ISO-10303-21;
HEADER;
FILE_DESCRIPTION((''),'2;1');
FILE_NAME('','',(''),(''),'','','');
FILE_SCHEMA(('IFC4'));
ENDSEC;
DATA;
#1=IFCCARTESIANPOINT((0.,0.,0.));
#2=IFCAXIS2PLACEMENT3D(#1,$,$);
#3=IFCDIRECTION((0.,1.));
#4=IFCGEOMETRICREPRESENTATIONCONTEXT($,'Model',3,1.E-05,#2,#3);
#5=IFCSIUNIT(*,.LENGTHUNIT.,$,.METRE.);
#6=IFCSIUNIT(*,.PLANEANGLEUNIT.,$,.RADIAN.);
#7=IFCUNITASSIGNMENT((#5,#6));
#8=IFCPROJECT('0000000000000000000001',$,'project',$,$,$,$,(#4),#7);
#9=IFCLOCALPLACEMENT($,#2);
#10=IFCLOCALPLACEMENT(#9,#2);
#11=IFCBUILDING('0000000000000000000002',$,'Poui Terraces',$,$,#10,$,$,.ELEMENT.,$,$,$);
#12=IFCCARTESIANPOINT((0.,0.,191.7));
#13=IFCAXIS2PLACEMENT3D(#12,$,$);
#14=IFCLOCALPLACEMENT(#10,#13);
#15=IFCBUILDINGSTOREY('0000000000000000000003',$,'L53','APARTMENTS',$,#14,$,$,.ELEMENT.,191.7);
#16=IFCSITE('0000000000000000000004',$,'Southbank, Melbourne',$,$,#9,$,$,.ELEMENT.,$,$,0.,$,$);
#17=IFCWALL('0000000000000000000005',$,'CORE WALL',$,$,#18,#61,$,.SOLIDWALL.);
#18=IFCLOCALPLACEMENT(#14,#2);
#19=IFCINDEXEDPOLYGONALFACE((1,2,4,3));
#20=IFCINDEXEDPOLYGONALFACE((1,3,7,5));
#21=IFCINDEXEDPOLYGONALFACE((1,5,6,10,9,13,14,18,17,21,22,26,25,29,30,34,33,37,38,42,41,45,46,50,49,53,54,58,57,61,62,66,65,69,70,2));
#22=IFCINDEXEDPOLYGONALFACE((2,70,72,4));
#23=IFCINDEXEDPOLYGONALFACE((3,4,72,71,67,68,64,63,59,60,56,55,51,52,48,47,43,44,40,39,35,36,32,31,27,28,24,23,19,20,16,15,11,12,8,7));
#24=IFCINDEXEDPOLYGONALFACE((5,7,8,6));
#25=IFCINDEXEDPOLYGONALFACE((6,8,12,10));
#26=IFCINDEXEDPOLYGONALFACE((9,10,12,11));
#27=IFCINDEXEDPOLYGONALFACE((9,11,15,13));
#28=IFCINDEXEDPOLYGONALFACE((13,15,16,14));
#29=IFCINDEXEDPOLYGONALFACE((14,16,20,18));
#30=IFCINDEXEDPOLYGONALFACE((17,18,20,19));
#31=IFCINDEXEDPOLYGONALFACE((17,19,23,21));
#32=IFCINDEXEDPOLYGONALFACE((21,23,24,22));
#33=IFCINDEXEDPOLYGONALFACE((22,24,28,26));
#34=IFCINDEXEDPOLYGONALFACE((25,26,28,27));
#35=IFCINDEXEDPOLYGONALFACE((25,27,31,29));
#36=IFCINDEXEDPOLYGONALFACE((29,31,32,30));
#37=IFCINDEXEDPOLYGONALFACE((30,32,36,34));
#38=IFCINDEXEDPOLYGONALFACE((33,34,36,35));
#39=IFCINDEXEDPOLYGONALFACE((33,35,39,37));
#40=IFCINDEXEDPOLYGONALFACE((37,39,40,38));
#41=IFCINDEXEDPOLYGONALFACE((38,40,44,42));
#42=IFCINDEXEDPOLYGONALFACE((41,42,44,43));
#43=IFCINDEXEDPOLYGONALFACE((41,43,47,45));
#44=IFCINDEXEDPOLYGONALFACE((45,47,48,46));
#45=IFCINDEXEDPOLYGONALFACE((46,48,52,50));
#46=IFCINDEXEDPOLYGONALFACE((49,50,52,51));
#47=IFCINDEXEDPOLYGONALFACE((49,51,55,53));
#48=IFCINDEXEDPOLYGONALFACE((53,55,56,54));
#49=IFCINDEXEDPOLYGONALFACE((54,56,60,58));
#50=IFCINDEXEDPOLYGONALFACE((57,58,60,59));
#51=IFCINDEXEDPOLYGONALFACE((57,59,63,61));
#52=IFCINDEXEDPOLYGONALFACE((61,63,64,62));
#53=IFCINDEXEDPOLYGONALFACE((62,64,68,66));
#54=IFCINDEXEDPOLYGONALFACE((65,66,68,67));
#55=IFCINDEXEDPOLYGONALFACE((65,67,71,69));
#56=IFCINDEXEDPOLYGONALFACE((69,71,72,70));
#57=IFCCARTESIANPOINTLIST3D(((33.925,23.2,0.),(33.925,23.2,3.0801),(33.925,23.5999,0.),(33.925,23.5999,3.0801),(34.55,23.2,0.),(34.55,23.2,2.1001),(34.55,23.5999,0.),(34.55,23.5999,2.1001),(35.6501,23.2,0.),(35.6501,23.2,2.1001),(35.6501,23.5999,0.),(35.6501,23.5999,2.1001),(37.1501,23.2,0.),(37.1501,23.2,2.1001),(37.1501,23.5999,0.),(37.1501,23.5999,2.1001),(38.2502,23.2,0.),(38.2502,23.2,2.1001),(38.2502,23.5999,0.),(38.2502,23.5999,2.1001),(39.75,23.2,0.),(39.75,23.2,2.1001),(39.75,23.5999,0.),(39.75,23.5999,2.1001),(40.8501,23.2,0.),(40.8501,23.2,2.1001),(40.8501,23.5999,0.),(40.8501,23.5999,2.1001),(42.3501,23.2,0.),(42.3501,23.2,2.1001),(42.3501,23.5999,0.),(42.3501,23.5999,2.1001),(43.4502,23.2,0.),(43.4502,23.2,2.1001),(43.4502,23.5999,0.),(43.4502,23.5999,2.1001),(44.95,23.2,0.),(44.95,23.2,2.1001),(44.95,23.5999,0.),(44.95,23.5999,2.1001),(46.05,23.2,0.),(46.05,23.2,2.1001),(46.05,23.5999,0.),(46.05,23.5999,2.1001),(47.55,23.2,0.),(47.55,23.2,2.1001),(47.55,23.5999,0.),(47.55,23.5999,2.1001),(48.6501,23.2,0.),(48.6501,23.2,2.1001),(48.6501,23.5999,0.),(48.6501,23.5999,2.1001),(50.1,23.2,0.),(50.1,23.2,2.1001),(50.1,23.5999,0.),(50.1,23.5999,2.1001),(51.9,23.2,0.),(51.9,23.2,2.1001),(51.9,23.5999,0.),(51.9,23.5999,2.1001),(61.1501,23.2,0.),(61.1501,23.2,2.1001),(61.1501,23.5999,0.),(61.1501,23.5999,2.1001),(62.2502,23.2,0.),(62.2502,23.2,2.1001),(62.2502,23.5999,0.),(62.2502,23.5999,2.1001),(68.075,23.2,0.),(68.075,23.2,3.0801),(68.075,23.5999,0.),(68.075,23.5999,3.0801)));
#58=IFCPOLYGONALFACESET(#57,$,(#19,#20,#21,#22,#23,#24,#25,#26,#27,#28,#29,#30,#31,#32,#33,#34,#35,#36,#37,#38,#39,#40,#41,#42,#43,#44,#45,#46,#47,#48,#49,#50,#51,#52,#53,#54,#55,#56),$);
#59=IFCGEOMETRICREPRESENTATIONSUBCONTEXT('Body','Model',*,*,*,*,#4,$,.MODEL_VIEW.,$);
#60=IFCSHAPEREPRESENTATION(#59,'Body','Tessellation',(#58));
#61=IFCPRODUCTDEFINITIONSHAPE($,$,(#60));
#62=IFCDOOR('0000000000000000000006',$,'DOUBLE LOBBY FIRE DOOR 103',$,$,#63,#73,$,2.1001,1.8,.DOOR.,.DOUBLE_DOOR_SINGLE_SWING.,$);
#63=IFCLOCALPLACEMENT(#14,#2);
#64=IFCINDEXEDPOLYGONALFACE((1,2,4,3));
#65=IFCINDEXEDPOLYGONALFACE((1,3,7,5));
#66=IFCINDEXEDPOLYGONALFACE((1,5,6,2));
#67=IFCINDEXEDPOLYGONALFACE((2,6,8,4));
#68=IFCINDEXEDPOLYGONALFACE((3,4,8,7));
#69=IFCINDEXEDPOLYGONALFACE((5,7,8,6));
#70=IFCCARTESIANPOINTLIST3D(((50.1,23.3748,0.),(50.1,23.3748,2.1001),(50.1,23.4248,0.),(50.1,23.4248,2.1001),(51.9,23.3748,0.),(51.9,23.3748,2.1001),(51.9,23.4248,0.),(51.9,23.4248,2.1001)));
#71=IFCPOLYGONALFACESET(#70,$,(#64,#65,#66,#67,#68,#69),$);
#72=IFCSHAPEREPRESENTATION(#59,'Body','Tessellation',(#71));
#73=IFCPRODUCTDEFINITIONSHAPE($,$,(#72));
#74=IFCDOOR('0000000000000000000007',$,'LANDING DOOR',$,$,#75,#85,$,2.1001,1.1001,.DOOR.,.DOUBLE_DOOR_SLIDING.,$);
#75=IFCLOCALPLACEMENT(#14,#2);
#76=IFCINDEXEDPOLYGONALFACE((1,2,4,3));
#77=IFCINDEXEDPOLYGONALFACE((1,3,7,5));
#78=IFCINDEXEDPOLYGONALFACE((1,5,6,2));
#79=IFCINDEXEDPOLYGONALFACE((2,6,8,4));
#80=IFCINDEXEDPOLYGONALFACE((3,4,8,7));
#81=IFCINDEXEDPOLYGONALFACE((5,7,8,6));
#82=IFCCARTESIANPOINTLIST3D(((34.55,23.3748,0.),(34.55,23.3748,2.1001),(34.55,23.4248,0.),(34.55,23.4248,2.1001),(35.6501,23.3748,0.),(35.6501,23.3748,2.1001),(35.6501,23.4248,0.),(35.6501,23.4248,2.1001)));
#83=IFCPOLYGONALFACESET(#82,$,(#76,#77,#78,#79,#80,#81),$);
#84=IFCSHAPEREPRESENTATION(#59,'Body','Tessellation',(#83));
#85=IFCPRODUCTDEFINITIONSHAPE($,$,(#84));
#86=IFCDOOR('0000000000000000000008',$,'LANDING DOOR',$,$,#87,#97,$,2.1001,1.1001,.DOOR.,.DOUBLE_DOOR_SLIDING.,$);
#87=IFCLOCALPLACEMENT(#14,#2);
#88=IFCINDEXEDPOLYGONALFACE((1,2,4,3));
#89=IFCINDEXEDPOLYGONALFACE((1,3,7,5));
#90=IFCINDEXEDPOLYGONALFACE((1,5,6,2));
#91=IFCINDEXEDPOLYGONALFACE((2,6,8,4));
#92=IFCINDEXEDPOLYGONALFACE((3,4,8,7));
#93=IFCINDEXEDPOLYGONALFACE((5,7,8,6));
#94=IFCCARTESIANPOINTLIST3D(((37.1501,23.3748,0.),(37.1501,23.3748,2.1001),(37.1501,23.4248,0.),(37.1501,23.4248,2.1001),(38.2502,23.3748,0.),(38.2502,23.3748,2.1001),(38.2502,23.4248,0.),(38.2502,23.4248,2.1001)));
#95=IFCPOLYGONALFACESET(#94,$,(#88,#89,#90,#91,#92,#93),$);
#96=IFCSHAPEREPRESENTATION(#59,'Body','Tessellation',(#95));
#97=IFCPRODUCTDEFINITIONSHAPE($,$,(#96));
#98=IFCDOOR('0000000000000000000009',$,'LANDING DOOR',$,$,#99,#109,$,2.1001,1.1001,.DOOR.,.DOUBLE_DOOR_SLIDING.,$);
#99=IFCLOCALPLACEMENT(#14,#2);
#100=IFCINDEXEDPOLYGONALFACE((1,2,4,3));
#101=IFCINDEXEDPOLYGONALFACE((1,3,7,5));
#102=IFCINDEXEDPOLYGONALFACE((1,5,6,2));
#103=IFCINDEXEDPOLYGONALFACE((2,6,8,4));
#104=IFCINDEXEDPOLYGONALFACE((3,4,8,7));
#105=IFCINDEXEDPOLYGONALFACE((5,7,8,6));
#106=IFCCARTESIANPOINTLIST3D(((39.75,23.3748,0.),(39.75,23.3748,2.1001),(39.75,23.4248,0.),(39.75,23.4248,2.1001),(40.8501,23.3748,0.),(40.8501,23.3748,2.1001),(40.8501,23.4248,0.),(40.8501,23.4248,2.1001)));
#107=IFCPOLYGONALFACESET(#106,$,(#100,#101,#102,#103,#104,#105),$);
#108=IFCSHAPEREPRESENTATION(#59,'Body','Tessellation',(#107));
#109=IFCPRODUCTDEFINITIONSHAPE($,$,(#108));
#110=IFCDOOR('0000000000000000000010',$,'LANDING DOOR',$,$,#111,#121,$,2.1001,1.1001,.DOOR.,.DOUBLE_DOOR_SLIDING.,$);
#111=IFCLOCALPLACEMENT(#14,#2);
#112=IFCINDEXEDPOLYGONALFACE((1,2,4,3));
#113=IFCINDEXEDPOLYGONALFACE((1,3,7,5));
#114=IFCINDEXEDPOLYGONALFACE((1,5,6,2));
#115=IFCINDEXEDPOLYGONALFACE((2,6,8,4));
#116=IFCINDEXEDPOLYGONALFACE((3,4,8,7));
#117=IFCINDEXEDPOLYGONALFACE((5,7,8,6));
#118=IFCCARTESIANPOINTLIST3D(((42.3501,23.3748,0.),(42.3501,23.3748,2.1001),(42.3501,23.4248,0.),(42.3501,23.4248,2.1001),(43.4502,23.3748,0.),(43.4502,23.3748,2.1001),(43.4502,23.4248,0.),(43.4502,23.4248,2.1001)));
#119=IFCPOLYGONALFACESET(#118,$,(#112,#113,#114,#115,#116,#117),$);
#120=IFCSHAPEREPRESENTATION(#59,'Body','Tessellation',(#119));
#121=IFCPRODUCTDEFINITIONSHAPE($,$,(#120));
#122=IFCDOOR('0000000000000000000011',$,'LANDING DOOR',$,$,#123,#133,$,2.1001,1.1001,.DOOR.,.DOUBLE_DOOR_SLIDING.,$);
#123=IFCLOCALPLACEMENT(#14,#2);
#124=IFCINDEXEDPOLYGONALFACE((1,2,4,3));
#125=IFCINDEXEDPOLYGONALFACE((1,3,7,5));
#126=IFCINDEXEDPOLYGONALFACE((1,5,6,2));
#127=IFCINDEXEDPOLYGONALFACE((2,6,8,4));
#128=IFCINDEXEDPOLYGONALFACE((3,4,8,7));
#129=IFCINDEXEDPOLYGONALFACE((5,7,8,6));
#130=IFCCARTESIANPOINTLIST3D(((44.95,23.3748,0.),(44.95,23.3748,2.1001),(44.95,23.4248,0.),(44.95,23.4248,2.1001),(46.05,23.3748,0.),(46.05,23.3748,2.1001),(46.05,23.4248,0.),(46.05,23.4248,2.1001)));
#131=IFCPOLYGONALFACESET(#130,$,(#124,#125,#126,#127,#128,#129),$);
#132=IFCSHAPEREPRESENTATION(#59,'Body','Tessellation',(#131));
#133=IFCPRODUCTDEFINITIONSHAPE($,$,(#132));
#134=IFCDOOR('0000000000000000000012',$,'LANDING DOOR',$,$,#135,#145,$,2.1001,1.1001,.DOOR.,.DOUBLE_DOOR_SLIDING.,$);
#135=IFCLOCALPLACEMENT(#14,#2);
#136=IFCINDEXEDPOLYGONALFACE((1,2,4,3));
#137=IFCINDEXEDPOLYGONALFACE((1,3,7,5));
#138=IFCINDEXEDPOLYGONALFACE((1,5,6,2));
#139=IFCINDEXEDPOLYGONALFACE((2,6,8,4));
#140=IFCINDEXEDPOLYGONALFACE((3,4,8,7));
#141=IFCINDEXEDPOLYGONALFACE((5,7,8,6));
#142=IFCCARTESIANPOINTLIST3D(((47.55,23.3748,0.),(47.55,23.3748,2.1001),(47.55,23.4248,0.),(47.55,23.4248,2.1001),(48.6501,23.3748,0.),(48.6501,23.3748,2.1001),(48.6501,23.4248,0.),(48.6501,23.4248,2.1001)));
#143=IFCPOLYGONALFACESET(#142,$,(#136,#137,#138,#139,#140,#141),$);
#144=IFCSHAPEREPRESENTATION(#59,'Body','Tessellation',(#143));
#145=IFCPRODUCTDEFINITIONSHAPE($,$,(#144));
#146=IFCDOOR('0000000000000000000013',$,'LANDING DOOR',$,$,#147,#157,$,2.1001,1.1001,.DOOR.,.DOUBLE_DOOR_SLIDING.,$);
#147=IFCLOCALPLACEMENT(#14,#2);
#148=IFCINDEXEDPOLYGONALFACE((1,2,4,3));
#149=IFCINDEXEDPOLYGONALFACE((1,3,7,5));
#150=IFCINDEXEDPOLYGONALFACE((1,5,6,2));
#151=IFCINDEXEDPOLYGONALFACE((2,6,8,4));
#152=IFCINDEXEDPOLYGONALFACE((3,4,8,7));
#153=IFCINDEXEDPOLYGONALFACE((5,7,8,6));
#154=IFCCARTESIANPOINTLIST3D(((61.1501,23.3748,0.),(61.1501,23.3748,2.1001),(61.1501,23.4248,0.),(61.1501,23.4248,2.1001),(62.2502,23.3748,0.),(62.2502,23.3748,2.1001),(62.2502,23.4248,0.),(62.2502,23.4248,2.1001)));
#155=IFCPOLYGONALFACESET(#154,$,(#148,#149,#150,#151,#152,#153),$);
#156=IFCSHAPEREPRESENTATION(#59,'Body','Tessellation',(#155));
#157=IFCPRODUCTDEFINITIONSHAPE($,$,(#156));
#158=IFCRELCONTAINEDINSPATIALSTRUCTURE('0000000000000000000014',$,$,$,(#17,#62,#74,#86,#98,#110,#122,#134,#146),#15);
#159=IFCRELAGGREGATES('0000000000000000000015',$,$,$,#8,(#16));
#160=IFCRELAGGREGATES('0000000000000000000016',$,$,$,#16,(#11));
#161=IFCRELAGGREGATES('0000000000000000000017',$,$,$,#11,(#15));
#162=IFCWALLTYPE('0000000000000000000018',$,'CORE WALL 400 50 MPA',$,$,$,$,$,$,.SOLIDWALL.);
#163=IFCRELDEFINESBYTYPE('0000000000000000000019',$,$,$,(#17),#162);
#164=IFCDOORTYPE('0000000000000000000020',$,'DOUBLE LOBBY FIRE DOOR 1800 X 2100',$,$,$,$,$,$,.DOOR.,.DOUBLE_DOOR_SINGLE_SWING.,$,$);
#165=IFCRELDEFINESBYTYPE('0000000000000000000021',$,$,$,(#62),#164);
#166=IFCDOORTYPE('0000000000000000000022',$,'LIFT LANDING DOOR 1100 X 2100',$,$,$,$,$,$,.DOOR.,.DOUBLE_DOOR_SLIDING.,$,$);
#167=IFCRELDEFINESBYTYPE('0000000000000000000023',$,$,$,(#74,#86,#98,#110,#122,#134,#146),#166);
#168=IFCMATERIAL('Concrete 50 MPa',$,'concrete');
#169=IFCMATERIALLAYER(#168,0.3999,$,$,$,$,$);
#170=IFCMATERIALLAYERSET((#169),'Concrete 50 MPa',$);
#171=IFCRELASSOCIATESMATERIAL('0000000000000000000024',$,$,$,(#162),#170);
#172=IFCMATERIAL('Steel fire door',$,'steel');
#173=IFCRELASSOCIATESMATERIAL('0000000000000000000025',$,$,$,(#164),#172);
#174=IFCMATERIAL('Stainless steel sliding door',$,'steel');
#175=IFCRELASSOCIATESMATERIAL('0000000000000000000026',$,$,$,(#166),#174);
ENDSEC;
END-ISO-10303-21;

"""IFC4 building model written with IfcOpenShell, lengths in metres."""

from ifc_helpers import new_model, si_unit, direction, frame, frame_2d, origin, place, context, subcontext, project, spatial, rectangle, extrude, material, layer, layer_set, type_object, element, fill, save


model = new_model("IFC4")

# Units and contexts
model_context = context("Model", 3, precision=1e-05, world=origin(), true_north=direction((0.0, 1.0)))
body_context = subcontext(model_context, "Body", "Model", "MODEL_VIEW")
ifc_project = project(units=[si_unit("LENGTHUNIT", "METRE"), si_unit("PLANEANGLEUNIT", "RADIAN")], contexts=[model_context])

# Site, building, storey
site_placement = place(None, origin())
site = spatial("IfcSite", under=ifc_project, at=site_placement, Name="Southbank, Melbourne", CompositionType="ELEMENT", RefElevation=0.0)
building_placement = place(site_placement, origin())
building = spatial("IfcBuilding", under=site, at=building_placement, Name="Poui Terraces", CompositionType="ELEMENT")
storey_placement = place(building_placement, frame((0.0, 0.0, 191.7)))
storey = spatial("IfcBuildingStorey", under=building, at=storey_placement, Name="L53", Description="APARTMENTS", CompositionType="ELEMENT", Elevation=191.7)

# Wall, openings, doors
ifc_material_1 = material(Name="Concrete 50 MPa", Category="concrete")
ifc_layer_1 = layer(ifc_material_1, 0.3999)
ifc_layer_set_1 = layer_set([ifc_layer_1], Name="Concrete 50 MPa")
wall_type_1 = type_object("IfcWallType", Name="CORE WALL 400 50 MPA", PredefinedType="SOLIDWALL", material=ifc_layer_set_1)
ifc_material_2 = material(Name="Steel fire door", Category="steel")
door_type_1 = type_object("IfcDoorType", Name="DOUBLE LOBBY FIRE DOOR 1800 X 2100", OperationType="DOUBLE_DOOR_SINGLE_SWING", PredefinedType="DOOR", material=ifc_material_2)
wall_1_placement = place(storey_placement, frame((33.925, 23.3999, 0.0), z_axis=(0.0, 0.0, 1.0), x_axis=(1.0, 0.0, 0.0)))
wall_1 = element("IfcWall", 1, at=wall_1_placement, inside=storey, type_object=wall_type_1, Name="CORE WALL", PredefinedType="SOLIDWALL", context=body_context, shape_type="SweptSolid", body=[
    extrude(rectangle(XDim=34.1499, YDim=0.3999, at=frame_2d((17.075, 0.0))), origin(), (0.0, 0.0, 1.0), 3.0801),
])
opening_1_placement = place(wall_1_placement, frame((16.175, 0.0, 0.0)))
opening_1 = element("IfcOpeningElement", 2, at=opening_1_placement, cuts=wall_1, PredefinedType="OPENING", context=body_context, shape_type="SweptSolid", body=[
    extrude(rectangle(XDim=1.8, YDim=2.1001, at=frame_2d((0.8999, 1.05))), frame((0.0, 0.21, 0.0), z_axis=(0.0, -1.0, 0.0), x_axis=(1.0, 0.0, 0.0)), (0.0, 0.0, 1.0), 0.4199),
])
opening_2_placement = place(wall_1_placement, frame((0.625, 0.0, 0.0)))
opening_2 = element("IfcOpeningElement", 3, at=opening_2_placement, cuts=wall_1, PredefinedType="OPENING", context=body_context, shape_type="SweptSolid", body=[
    extrude(rectangle(XDim=1.1001, YDim=2.1001, at=frame_2d((0.55, 1.05))), frame((0.0, 0.21, 0.0), z_axis=(0.0, -1.0, 0.0), x_axis=(1.0, 0.0, 0.0)), (0.0, 0.0, 1.0), 0.4199),
])
opening_3_placement = place(wall_1_placement, frame((3.2251, 0.0, 0.0)))
opening_3 = element("IfcOpeningElement", 4, at=opening_3_placement, cuts=wall_1, PredefinedType="OPENING", context=body_context, shape_type="SweptSolid", body=[
    extrude(rectangle(XDim=1.1001, YDim=2.1001, at=frame_2d((0.55, 1.05))), frame((0.0, 0.21, 0.0), z_axis=(0.0, -1.0, 0.0), x_axis=(1.0, 0.0, 0.0)), (0.0, 0.0, 1.0), 0.4199),
])
opening_4_placement = place(wall_1_placement, frame((5.825, 0.0, 0.0)))
opening_4 = element("IfcOpeningElement", 5, at=opening_4_placement, cuts=wall_1, PredefinedType="OPENING", context=body_context, shape_type="SweptSolid", body=[
    extrude(rectangle(XDim=1.1001, YDim=2.1001, at=frame_2d((0.55, 1.05))), frame((0.0, 0.21, 0.0), z_axis=(0.0, -1.0, 0.0), x_axis=(1.0, 0.0, 0.0)), (0.0, 0.0, 1.0), 0.4199),
])
opening_5_placement = place(wall_1_placement, frame((8.425, 0.0, 0.0)))
opening_5 = element("IfcOpeningElement", 6, at=opening_5_placement, cuts=wall_1, PredefinedType="OPENING", context=body_context, shape_type="SweptSolid", body=[
    extrude(rectangle(XDim=1.1001, YDim=2.1001, at=frame_2d((0.55, 1.05))), frame((0.0, 0.21, 0.0), z_axis=(0.0, -1.0, 0.0), x_axis=(1.0, 0.0, 0.0)), (0.0, 0.0, 1.0), 0.4199),
])
opening_6_placement = place(wall_1_placement, frame((11.0249, 0.0, 0.0)))
opening_6 = element("IfcOpeningElement", 7, at=opening_6_placement, cuts=wall_1, PredefinedType="OPENING", context=body_context, shape_type="SweptSolid", body=[
    extrude(rectangle(XDim=1.1001, YDim=2.1001, at=frame_2d((0.55, 1.05))), frame((0.0, 0.21, 0.0), z_axis=(0.0, -1.0, 0.0), x_axis=(1.0, 0.0, 0.0)), (0.0, 0.0, 1.0), 0.4199),
])
opening_7_placement = place(wall_1_placement, frame((13.625, 0.0, 0.0)))
opening_7 = element("IfcOpeningElement", 8, at=opening_7_placement, cuts=wall_1, PredefinedType="OPENING", context=body_context, shape_type="SweptSolid", body=[
    extrude(rectangle(XDim=1.1001, YDim=2.1001, at=frame_2d((0.55, 1.05))), frame((0.0, 0.21, 0.0), z_axis=(0.0, -1.0, 0.0), x_axis=(1.0, 0.0, 0.0)), (0.0, 0.0, 1.0), 0.4199),
])
opening_8_placement = place(wall_1_placement, frame((27.2251, 0.0, 0.0)))
opening_8 = element("IfcOpeningElement", 9, at=opening_8_placement, cuts=wall_1, PredefinedType="OPENING", context=body_context, shape_type="SweptSolid", body=[
    extrude(rectangle(XDim=1.1001, YDim=2.1001, at=frame_2d((0.55, 1.05))), frame((0.0, 0.21, 0.0), z_axis=(0.0, -1.0, 0.0), x_axis=(1.0, 0.0, 0.0)), (0.0, 0.0, 1.0), 0.4199),
])
door_1_placement = place(opening_1_placement, origin())
door_1 = element("IfcDoor", 10, at=door_1_placement, inside=storey, type_object=door_type_1, Name="DOUBLE LOBBY FIRE DOOR 103", OperationType="DOUBLE_DOOR_SINGLE_SWING", OverallHeight=2.1001, OverallWidth=1.8, PredefinedType="DOOR", context=body_context, shape_type="SweptSolid", body=[
    extrude(rectangle(XDim=1.8, YDim=2.1001, at=frame_2d((0.8999, 1.05))), frame((0.0, 0.0249, 0.0), z_axis=(0.0, -1.0, 0.0), x_axis=(1.0, 0.0, 0.0)), (0.0, 0.0, 1.0), 0.05),
])
fill(opening_1, door_1)
ifc_material_3 = material(Name="Stainless steel sliding door", Category="steel")
door_type_2 = type_object("IfcDoorType", Name="LIFT LANDING DOOR 1100 X 2100", OperationType="DOUBLE_DOOR_SLIDING", PredefinedType="DOOR", material=ifc_material_3)
door_2_placement = place(opening_2_placement, origin())
door_2 = element("IfcDoor", 11, at=door_2_placement, inside=storey, type_object=door_type_2, Name="LANDING DOOR", OperationType="DOUBLE_DOOR_SLIDING", OverallHeight=2.1001, OverallWidth=1.1001, PredefinedType="DOOR", context=body_context, shape_type="SweptSolid", body=[
    extrude(rectangle(XDim=1.1001, YDim=2.1001, at=frame_2d((0.55, 1.05))), frame((0.0, 0.0249, 0.0), z_axis=(0.0, -1.0, 0.0), x_axis=(1.0, 0.0, 0.0)), (0.0, 0.0, 1.0), 0.05),
])
fill(opening_2, door_2)
door_3_placement = place(opening_3_placement, origin())
door_3 = element("IfcDoor", 12, at=door_3_placement, inside=storey, type_object=door_type_2, Name="LANDING DOOR", OperationType="DOUBLE_DOOR_SLIDING", OverallHeight=2.1001, OverallWidth=1.1001, PredefinedType="DOOR", context=body_context, shape_type="SweptSolid", body=[
    extrude(rectangle(XDim=1.1001, YDim=2.1001, at=frame_2d((0.55, 1.05))), frame((0.0, 0.0249, 0.0), z_axis=(0.0, -1.0, 0.0), x_axis=(1.0, 0.0, 0.0)), (0.0, 0.0, 1.0), 0.05),
])
fill(opening_3, door_3)
door_4_placement = place(opening_4_placement, origin())
door_4 = element("IfcDoor", 13, at=door_4_placement, inside=storey, type_object=door_type_2, Name="LANDING DOOR", OperationType="DOUBLE_DOOR_SLIDING", OverallHeight=2.1001, OverallWidth=1.1001, PredefinedType="DOOR", context=body_context, shape_type="SweptSolid", body=[
    extrude(rectangle(XDim=1.1001, YDim=2.1001, at=frame_2d((0.55, 1.05))), frame((0.0, 0.0249, 0.0), z_axis=(0.0, -1.0, 0.0), x_axis=(1.0, 0.0, 0.0)), (0.0, 0.0, 1.0), 0.05),
])
fill(opening_4, door_4)
door_5_placement = place(opening_5_placement, origin())
door_5 = element("IfcDoor", 14, at=door_5_placement, inside=storey, type_object=door_type_2, Name="LANDING DOOR", OperationType="DOUBLE_DOOR_SLIDING", OverallHeight=2.1001, OverallWidth=1.1001, PredefinedType="DOOR", context=body_context, shape_type="SweptSolid", body=[
    extrude(rectangle(XDim=1.1001, YDim=2.1001, at=frame_2d((0.55, 1.05))), frame((0.0, 0.0249, 0.0), z_axis=(0.0, -1.0, 0.0), x_axis=(1.0, 0.0, 0.0)), (0.0, 0.0, 1.0), 0.05),
])
fill(opening_5, door_5)
door_6_placement = place(opening_6_placement, origin())
door_6 = element("IfcDoor", 15, at=door_6_placement, inside=storey, type_object=door_type_2, Name="LANDING DOOR", OperationType="DOUBLE_DOOR_SLIDING", OverallHeight=2.1001, OverallWidth=1.1001, PredefinedType="DOOR", context=body_context, shape_type="SweptSolid", body=[
    extrude(rectangle(XDim=1.1001, YDim=2.1001, at=frame_2d((0.55, 1.05))), frame((0.0, 0.0249, 0.0), z_axis=(0.0, -1.0, 0.0), x_axis=(1.0, 0.0, 0.0)), (0.0, 0.0, 1.0), 0.05),
])
fill(opening_6, door_6)
door_7_placement = place(opening_7_placement, origin())
door_7 = element("IfcDoor", 16, at=door_7_placement, inside=storey, type_object=door_type_2, Name="LANDING DOOR", OperationType="DOUBLE_DOOR_SLIDING", OverallHeight=2.1001, OverallWidth=1.1001, PredefinedType="DOOR", context=body_context, shape_type="SweptSolid", body=[
    extrude(rectangle(XDim=1.1001, YDim=2.1001, at=frame_2d((0.55, 1.05))), frame((0.0, 0.0249, 0.0), z_axis=(0.0, -1.0, 0.0), x_axis=(1.0, 0.0, 0.0)), (0.0, 0.0, 1.0), 0.05),
])
fill(opening_7, door_7)
door_8_placement = place(opening_8_placement, origin())
door_8 = element("IfcDoor", 17, at=door_8_placement, inside=storey, type_object=door_type_2, Name="LANDING DOOR", OperationType="DOUBLE_DOOR_SLIDING", OverallHeight=2.1001, OverallWidth=1.1001, PredefinedType="DOOR", context=body_context, shape_type="SweptSolid", body=[
    extrude(rectangle(XDim=1.1001, YDim=2.1001, at=frame_2d((0.55, 1.05))), frame((0.0, 0.0249, 0.0), z_axis=(0.0, -1.0, 0.0), x_axis=(1.0, 0.0, 0.0)), (0.0, 0.0, 1.0), 0.05),
])
fill(opening_8, door_8)

save(model, "model.ifc")
